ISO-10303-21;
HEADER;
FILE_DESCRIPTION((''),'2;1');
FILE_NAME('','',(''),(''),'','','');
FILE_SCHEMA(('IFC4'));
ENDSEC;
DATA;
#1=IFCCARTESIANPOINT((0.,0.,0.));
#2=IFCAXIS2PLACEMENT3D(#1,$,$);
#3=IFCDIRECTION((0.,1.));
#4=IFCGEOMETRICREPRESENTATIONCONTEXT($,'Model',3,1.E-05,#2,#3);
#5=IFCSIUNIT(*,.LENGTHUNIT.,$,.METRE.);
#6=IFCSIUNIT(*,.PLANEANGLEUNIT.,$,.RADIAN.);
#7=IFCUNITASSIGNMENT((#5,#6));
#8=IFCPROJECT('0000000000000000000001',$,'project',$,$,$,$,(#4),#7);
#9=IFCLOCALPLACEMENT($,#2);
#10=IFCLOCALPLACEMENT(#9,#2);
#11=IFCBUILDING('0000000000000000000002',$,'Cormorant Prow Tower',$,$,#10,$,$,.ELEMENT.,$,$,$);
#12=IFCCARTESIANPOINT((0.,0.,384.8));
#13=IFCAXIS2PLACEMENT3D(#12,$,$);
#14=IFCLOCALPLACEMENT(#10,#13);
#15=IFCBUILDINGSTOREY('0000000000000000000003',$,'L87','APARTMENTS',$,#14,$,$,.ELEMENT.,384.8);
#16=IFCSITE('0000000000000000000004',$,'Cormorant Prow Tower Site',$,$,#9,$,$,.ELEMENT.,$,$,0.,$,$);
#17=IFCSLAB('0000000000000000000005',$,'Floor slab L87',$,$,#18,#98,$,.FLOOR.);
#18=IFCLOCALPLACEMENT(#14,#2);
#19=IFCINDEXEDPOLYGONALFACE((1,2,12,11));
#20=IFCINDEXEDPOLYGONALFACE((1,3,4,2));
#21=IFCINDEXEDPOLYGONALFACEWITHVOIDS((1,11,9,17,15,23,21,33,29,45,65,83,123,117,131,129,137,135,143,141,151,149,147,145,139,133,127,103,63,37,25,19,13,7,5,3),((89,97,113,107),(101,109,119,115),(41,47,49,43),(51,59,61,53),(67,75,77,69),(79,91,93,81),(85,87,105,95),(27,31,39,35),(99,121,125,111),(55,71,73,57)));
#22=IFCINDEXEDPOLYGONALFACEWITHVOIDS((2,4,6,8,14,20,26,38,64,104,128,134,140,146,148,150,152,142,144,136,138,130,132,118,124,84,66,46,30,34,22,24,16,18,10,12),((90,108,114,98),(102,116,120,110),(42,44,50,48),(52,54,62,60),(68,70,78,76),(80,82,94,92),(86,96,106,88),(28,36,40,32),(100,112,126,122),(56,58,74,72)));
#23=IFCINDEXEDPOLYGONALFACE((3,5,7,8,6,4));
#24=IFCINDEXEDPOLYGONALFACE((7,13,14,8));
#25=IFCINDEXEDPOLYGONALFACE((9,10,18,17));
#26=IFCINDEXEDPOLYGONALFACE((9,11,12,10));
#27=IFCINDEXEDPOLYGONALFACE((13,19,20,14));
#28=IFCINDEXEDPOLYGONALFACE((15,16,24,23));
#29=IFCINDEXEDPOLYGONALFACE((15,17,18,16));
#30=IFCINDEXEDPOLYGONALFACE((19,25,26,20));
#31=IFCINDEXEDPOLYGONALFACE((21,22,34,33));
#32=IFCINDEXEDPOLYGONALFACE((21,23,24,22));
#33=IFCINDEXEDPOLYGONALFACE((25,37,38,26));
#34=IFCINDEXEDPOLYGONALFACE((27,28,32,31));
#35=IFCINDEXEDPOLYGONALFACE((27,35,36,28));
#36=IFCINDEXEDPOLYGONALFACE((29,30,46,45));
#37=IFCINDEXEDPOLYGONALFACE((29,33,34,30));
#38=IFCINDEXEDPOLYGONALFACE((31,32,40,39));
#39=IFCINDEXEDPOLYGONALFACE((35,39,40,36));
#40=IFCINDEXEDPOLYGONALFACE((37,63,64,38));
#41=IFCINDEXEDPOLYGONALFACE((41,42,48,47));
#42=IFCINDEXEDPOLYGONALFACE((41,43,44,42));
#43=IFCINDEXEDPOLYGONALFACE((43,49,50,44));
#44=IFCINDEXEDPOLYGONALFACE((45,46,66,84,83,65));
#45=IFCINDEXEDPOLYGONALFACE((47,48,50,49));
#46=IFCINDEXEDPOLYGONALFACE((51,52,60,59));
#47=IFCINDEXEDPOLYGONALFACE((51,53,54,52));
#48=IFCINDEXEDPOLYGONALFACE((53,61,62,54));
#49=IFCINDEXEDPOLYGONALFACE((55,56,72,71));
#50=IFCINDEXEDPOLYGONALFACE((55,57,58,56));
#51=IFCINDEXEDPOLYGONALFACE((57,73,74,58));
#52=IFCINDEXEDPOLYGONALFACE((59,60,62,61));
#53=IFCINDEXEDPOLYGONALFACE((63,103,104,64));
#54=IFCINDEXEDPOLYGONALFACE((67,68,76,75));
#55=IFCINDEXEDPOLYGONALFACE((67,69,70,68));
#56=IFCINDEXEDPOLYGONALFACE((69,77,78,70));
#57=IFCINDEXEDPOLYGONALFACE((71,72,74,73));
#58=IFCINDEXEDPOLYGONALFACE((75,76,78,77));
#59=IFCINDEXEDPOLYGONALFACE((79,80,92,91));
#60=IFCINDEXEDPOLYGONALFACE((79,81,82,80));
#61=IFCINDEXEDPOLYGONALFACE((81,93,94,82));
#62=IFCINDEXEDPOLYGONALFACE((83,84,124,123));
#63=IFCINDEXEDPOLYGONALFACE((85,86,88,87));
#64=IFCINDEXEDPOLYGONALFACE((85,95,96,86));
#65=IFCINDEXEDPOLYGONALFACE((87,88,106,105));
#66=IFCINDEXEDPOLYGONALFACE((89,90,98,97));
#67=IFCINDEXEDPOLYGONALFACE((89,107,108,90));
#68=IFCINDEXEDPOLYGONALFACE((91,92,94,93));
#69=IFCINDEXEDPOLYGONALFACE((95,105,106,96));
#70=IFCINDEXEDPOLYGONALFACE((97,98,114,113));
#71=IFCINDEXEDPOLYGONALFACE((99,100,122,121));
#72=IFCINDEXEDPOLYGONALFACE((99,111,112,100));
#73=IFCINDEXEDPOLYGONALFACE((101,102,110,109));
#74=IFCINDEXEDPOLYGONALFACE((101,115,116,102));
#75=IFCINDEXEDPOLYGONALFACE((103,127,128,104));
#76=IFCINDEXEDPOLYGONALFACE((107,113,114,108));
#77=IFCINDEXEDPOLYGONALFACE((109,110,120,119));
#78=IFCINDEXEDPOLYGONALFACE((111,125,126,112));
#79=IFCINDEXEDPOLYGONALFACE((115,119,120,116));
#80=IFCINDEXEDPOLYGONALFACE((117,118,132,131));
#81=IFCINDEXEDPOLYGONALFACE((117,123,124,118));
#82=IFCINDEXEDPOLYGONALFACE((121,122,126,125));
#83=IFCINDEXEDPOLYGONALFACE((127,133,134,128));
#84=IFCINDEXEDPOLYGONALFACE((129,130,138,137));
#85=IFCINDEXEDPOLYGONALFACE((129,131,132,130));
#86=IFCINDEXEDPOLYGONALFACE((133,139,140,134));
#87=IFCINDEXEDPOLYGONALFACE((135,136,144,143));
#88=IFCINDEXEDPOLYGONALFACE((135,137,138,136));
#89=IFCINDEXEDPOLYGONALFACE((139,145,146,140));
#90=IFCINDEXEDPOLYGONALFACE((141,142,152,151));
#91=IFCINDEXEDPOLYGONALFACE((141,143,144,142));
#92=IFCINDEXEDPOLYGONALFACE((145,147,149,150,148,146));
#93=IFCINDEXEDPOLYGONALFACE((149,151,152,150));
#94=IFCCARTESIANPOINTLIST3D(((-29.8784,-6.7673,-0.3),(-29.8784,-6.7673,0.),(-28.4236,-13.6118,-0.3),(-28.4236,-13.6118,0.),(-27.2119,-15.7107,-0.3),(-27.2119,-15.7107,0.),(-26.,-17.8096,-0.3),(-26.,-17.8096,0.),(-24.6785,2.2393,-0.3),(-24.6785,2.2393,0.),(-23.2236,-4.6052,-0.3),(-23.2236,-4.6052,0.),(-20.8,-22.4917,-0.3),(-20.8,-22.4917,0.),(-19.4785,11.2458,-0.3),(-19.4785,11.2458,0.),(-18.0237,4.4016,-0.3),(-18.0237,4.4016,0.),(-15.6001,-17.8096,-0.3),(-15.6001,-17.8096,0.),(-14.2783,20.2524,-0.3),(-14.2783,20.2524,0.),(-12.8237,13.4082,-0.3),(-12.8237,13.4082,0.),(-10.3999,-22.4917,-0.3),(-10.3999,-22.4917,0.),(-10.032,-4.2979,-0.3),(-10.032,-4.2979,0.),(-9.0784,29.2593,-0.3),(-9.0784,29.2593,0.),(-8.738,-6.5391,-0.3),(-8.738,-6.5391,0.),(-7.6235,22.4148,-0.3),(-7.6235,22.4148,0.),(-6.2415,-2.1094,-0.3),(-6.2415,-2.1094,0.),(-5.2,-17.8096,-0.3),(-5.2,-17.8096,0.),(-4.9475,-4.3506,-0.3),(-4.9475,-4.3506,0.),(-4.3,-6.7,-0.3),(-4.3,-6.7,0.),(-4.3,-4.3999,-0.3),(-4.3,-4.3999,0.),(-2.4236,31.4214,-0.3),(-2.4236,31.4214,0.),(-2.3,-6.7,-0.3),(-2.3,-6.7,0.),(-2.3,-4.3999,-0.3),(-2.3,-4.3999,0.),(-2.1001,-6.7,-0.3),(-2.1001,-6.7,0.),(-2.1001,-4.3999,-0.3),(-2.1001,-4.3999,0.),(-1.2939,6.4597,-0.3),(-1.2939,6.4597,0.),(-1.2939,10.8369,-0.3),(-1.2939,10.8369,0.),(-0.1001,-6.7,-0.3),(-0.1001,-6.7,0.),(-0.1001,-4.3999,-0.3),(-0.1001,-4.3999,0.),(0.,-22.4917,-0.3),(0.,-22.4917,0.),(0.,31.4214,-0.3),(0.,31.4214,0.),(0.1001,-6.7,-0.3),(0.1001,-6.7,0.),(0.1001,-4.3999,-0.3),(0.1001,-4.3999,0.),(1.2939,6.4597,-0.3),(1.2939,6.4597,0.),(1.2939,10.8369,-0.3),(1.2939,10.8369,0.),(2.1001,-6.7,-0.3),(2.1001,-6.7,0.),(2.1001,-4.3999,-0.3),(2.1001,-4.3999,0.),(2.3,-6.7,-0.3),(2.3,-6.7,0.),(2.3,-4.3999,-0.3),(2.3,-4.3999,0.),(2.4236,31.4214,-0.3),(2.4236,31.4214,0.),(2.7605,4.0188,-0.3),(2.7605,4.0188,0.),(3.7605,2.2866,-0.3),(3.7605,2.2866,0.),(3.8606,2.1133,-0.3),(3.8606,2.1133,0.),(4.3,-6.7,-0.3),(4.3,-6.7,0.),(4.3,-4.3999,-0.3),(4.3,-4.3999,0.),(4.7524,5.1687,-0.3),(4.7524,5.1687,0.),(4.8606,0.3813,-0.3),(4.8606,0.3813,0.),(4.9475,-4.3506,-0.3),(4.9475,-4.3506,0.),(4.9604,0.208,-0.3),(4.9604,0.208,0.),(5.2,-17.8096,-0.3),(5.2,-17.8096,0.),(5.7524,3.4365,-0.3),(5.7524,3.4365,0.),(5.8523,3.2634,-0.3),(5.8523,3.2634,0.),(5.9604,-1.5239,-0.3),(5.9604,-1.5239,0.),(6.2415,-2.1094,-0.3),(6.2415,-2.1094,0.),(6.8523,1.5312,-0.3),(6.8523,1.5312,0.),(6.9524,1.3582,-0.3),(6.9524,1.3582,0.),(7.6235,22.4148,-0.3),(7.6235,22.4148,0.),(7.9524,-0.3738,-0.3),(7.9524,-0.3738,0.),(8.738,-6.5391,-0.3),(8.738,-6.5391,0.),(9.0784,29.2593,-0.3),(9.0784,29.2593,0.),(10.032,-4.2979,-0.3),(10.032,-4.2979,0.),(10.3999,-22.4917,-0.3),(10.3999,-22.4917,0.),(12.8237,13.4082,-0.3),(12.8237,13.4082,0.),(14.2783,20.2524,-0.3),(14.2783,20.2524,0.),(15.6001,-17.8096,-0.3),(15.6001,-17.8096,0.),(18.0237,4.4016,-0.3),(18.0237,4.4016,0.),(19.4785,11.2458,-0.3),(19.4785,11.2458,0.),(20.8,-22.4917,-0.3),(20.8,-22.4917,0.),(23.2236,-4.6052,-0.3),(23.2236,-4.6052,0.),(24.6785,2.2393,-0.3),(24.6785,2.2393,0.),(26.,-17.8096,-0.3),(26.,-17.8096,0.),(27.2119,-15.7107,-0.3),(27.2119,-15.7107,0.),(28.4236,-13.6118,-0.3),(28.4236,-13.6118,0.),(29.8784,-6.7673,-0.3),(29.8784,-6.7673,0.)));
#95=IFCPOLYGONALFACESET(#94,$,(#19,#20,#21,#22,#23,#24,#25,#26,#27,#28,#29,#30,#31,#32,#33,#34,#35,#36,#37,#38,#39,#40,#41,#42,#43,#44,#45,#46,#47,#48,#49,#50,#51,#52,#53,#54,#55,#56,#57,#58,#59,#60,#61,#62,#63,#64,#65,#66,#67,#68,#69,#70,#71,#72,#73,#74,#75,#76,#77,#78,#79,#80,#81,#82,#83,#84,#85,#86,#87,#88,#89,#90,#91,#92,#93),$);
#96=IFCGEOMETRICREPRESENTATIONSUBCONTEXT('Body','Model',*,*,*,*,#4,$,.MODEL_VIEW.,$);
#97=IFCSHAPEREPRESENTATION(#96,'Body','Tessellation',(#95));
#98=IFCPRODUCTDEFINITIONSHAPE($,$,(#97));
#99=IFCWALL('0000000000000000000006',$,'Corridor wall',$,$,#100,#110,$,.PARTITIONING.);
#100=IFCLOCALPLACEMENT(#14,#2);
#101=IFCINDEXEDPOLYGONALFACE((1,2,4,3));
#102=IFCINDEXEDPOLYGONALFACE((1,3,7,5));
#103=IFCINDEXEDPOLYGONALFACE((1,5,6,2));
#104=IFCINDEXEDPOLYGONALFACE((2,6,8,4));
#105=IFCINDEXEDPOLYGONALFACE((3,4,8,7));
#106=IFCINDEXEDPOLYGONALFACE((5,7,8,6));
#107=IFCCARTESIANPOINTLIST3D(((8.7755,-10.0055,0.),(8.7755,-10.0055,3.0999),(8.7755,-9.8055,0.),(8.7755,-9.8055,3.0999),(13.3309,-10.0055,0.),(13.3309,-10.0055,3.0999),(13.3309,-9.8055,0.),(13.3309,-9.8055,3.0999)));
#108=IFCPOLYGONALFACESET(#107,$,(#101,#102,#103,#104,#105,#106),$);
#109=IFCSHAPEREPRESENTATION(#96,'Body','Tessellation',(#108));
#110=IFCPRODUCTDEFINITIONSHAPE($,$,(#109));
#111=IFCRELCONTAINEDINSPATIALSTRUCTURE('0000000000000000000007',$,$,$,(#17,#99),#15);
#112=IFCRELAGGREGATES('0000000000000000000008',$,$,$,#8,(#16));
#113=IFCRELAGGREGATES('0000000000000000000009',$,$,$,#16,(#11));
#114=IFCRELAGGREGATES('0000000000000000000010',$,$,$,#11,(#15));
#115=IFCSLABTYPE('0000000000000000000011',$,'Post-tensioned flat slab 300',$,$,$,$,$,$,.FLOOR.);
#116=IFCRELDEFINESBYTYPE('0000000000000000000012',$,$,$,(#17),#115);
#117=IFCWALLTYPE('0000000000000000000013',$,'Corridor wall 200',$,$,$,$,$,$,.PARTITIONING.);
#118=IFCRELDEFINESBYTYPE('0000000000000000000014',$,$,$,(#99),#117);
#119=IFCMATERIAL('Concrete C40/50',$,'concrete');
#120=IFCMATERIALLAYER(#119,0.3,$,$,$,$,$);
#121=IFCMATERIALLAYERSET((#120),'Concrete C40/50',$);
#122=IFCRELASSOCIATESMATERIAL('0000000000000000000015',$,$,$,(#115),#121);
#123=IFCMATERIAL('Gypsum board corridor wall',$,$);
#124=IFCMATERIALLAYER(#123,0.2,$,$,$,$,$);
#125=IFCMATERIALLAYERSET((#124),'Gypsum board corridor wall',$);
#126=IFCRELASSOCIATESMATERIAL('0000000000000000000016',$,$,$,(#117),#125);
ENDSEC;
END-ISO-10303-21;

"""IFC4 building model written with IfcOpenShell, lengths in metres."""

from ifc_helpers import new_model, si_unit, direction, frame, frame_2d, origin, place, context, subcontext, project, spatial, polyline, rectangle, outline, extrude, material, layer, layer_set, type_object, element, save


model = new_model("IFC4")

# Units and contexts
model_context = context("Model", 3, precision=1e-05, world=origin(), true_north=direction((0.0, 1.0)))
body_context = subcontext(model_context, "Body", "Model", "MODEL_VIEW")
ifc_project = project(units=[si_unit("LENGTHUNIT", "METRE"), si_unit("PLANEANGLEUNIT", "RADIAN")], contexts=[model_context])

# Site, building, storey
site_placement = place(None, origin())
site = spatial("IfcSite", under=ifc_project, at=site_placement, Name="Cormorant Prow Tower Site", CompositionType="ELEMENT", RefElevation=0.0)
building_placement = place(site_placement, origin())
building = spatial("IfcBuilding", under=site, at=building_placement, Name="Cormorant Prow Tower", CompositionType="ELEMENT")
storey_placement = place(building_placement, frame((0.0, 0.0, 384.8)))
storey = spatial("IfcBuildingStorey", under=building, at=storey_placement, Name="L87", Description="APARTMENTS", CompositionType="ELEMENT", Elevation=384.8)

# Slab
ifc_material_1 = material(Name="Concrete C40/50", Category="concrete")
ifc_layer_1 = layer(ifc_material_1, 0.3)
ifc_layer_set_1 = layer_set([ifc_layer_1], Name="Concrete C40/50")
slab_type_1 = type_object("IfcSlabType", Name="Post-tensioned flat slab 300", PredefinedType="FLOOR", material=ifc_layer_set_1)
slab_1_placement = place(storey_placement, frame((0.0, 0.0, -0.3)))
element("IfcSlab", 1, at=slab_1_placement, inside=storey, type_object=slab_type_1, Name="Floor slab L87", PredefinedType="FLOOR", context=body_context, shape_type="SweptSolid", body=[
    extrude(outline(polyline([(-7.6235, 22.4148), (-14.2783, 20.2524), (-12.8237, 13.4082), (-19.4785, 11.2458), (-18.0237, 4.4016), (-24.6785, 2.2393), (-23.2236, -4.6052), (-29.8784, -6.7673), (-28.4236, -13.6118), (-27.2119, -15.7107), (-26.0, -17.8096), (-20.8, -22.4917), (-15.6001, -17.8096), (-10.3999, -22.4917), (-5.2, -17.8096), (0.0, -22.4917), (5.2, -17.8096), (10.3999, -22.4917), (15.6001, -17.8096), (20.8, -22.4917), (26.0, -17.8096), (27.2119, -15.7107), (28.4236, -13.6118), (29.8784, -6.7673), (23.2236, -4.6052), (24.6785, 2.2393), (18.0237, 4.4016), (19.4785, 11.2458), (12.8237, 13.4082), (14.2783, 20.2524), (7.6235, 22.4148), (9.0784, 29.2593), (2.4236, 31.4214), (0.0, 31.4214), (-2.4236, 31.4214), (-9.0784, 29.2593), (-7.6235, 22.4148)]), holes=[polyline([(-4.3, -4.3999), (-2.3, -4.3999), (-2.3, -6.7), (-4.3, -6.7), (-4.3, -4.3999)]), polyline([(-0.1001, -4.3999), (-0.1001, -6.7), (-2.1001, -6.7), (-2.1001, -4.3999), (-0.1001, -4.3999)]), polyline([(2.1001, -6.7), (0.1001, -6.7), (0.1001, -4.3999), (2.1001, -4.3999), (2.1001, -6.7)]), polyline([(2.3, -6.7), (2.3, -4.3999), (4.3, -4.3999), (4.3, -6.7), (2.3, -6.7)]), polyline([(5.9604, -1.5239), (4.9604, 0.208), (6.9524, 1.3582), (7.9524, -0.3738), (5.9604, -1.5239)]), polyline([(3.8606, 2.1133), (5.8523, 3.2634), (6.8523, 1.5312), (4.8606, 0.3813), (3.8606, 2.1133)]), polyline([(4.7524, 5.1687), (5.7524, 3.4365), (3.7605, 2.2866), (2.7605, 4.0188), (4.7524, 5.1687)]), polyline([(-4.9475, -4.3506), (-8.738, -6.5391), (-10.032, -4.2979), (-6.2415, -2.1094), (-4.9475, -4.3506)]), polyline([(10.032, -4.2979), (8.738, -6.5391), (4.9475, -4.3506), (6.2415, -2.1094), (10.032, -4.2979)]), polyline([(1.2939, 10.8369), (1.2939, 6.4597), (-1.2939, 6.4597), (-1.2939, 10.8369), (1.2939, 10.8369)])]), origin(), (0.0, 0.0, 1.0), 0.3),
])

# Wall
ifc_material_2 = material(Name="Gypsum board corridor wall")
ifc_layer_2 = layer(ifc_material_2, 0.2)
ifc_layer_set_2 = layer_set([ifc_layer_2], Name="Gypsum board corridor wall")
wall_type_1 = type_object("IfcWallType", Name="Corridor wall 200", PredefinedType="PARTITIONING", material=ifc_layer_set_2)
wall_1_placement = place(storey_placement, frame((8.7754, -9.9055, 0.0), z_axis=(0.0, 0.0, 1.0), x_axis=(1.0, 0.0, 0.0)))
element("IfcWall", 2, at=wall_1_placement, inside=storey, type_object=wall_type_1, Name="Corridor wall", PredefinedType="PARTITIONING", context=body_context, shape_type="SweptSolid", body=[
    extrude(rectangle(XDim=4.5554, YDim=0.2, at=frame_2d((2.2778, 0.0))), origin(), (0.0, 0.0, 1.0), 3.0999),
])

save(model, "model.ifc")
